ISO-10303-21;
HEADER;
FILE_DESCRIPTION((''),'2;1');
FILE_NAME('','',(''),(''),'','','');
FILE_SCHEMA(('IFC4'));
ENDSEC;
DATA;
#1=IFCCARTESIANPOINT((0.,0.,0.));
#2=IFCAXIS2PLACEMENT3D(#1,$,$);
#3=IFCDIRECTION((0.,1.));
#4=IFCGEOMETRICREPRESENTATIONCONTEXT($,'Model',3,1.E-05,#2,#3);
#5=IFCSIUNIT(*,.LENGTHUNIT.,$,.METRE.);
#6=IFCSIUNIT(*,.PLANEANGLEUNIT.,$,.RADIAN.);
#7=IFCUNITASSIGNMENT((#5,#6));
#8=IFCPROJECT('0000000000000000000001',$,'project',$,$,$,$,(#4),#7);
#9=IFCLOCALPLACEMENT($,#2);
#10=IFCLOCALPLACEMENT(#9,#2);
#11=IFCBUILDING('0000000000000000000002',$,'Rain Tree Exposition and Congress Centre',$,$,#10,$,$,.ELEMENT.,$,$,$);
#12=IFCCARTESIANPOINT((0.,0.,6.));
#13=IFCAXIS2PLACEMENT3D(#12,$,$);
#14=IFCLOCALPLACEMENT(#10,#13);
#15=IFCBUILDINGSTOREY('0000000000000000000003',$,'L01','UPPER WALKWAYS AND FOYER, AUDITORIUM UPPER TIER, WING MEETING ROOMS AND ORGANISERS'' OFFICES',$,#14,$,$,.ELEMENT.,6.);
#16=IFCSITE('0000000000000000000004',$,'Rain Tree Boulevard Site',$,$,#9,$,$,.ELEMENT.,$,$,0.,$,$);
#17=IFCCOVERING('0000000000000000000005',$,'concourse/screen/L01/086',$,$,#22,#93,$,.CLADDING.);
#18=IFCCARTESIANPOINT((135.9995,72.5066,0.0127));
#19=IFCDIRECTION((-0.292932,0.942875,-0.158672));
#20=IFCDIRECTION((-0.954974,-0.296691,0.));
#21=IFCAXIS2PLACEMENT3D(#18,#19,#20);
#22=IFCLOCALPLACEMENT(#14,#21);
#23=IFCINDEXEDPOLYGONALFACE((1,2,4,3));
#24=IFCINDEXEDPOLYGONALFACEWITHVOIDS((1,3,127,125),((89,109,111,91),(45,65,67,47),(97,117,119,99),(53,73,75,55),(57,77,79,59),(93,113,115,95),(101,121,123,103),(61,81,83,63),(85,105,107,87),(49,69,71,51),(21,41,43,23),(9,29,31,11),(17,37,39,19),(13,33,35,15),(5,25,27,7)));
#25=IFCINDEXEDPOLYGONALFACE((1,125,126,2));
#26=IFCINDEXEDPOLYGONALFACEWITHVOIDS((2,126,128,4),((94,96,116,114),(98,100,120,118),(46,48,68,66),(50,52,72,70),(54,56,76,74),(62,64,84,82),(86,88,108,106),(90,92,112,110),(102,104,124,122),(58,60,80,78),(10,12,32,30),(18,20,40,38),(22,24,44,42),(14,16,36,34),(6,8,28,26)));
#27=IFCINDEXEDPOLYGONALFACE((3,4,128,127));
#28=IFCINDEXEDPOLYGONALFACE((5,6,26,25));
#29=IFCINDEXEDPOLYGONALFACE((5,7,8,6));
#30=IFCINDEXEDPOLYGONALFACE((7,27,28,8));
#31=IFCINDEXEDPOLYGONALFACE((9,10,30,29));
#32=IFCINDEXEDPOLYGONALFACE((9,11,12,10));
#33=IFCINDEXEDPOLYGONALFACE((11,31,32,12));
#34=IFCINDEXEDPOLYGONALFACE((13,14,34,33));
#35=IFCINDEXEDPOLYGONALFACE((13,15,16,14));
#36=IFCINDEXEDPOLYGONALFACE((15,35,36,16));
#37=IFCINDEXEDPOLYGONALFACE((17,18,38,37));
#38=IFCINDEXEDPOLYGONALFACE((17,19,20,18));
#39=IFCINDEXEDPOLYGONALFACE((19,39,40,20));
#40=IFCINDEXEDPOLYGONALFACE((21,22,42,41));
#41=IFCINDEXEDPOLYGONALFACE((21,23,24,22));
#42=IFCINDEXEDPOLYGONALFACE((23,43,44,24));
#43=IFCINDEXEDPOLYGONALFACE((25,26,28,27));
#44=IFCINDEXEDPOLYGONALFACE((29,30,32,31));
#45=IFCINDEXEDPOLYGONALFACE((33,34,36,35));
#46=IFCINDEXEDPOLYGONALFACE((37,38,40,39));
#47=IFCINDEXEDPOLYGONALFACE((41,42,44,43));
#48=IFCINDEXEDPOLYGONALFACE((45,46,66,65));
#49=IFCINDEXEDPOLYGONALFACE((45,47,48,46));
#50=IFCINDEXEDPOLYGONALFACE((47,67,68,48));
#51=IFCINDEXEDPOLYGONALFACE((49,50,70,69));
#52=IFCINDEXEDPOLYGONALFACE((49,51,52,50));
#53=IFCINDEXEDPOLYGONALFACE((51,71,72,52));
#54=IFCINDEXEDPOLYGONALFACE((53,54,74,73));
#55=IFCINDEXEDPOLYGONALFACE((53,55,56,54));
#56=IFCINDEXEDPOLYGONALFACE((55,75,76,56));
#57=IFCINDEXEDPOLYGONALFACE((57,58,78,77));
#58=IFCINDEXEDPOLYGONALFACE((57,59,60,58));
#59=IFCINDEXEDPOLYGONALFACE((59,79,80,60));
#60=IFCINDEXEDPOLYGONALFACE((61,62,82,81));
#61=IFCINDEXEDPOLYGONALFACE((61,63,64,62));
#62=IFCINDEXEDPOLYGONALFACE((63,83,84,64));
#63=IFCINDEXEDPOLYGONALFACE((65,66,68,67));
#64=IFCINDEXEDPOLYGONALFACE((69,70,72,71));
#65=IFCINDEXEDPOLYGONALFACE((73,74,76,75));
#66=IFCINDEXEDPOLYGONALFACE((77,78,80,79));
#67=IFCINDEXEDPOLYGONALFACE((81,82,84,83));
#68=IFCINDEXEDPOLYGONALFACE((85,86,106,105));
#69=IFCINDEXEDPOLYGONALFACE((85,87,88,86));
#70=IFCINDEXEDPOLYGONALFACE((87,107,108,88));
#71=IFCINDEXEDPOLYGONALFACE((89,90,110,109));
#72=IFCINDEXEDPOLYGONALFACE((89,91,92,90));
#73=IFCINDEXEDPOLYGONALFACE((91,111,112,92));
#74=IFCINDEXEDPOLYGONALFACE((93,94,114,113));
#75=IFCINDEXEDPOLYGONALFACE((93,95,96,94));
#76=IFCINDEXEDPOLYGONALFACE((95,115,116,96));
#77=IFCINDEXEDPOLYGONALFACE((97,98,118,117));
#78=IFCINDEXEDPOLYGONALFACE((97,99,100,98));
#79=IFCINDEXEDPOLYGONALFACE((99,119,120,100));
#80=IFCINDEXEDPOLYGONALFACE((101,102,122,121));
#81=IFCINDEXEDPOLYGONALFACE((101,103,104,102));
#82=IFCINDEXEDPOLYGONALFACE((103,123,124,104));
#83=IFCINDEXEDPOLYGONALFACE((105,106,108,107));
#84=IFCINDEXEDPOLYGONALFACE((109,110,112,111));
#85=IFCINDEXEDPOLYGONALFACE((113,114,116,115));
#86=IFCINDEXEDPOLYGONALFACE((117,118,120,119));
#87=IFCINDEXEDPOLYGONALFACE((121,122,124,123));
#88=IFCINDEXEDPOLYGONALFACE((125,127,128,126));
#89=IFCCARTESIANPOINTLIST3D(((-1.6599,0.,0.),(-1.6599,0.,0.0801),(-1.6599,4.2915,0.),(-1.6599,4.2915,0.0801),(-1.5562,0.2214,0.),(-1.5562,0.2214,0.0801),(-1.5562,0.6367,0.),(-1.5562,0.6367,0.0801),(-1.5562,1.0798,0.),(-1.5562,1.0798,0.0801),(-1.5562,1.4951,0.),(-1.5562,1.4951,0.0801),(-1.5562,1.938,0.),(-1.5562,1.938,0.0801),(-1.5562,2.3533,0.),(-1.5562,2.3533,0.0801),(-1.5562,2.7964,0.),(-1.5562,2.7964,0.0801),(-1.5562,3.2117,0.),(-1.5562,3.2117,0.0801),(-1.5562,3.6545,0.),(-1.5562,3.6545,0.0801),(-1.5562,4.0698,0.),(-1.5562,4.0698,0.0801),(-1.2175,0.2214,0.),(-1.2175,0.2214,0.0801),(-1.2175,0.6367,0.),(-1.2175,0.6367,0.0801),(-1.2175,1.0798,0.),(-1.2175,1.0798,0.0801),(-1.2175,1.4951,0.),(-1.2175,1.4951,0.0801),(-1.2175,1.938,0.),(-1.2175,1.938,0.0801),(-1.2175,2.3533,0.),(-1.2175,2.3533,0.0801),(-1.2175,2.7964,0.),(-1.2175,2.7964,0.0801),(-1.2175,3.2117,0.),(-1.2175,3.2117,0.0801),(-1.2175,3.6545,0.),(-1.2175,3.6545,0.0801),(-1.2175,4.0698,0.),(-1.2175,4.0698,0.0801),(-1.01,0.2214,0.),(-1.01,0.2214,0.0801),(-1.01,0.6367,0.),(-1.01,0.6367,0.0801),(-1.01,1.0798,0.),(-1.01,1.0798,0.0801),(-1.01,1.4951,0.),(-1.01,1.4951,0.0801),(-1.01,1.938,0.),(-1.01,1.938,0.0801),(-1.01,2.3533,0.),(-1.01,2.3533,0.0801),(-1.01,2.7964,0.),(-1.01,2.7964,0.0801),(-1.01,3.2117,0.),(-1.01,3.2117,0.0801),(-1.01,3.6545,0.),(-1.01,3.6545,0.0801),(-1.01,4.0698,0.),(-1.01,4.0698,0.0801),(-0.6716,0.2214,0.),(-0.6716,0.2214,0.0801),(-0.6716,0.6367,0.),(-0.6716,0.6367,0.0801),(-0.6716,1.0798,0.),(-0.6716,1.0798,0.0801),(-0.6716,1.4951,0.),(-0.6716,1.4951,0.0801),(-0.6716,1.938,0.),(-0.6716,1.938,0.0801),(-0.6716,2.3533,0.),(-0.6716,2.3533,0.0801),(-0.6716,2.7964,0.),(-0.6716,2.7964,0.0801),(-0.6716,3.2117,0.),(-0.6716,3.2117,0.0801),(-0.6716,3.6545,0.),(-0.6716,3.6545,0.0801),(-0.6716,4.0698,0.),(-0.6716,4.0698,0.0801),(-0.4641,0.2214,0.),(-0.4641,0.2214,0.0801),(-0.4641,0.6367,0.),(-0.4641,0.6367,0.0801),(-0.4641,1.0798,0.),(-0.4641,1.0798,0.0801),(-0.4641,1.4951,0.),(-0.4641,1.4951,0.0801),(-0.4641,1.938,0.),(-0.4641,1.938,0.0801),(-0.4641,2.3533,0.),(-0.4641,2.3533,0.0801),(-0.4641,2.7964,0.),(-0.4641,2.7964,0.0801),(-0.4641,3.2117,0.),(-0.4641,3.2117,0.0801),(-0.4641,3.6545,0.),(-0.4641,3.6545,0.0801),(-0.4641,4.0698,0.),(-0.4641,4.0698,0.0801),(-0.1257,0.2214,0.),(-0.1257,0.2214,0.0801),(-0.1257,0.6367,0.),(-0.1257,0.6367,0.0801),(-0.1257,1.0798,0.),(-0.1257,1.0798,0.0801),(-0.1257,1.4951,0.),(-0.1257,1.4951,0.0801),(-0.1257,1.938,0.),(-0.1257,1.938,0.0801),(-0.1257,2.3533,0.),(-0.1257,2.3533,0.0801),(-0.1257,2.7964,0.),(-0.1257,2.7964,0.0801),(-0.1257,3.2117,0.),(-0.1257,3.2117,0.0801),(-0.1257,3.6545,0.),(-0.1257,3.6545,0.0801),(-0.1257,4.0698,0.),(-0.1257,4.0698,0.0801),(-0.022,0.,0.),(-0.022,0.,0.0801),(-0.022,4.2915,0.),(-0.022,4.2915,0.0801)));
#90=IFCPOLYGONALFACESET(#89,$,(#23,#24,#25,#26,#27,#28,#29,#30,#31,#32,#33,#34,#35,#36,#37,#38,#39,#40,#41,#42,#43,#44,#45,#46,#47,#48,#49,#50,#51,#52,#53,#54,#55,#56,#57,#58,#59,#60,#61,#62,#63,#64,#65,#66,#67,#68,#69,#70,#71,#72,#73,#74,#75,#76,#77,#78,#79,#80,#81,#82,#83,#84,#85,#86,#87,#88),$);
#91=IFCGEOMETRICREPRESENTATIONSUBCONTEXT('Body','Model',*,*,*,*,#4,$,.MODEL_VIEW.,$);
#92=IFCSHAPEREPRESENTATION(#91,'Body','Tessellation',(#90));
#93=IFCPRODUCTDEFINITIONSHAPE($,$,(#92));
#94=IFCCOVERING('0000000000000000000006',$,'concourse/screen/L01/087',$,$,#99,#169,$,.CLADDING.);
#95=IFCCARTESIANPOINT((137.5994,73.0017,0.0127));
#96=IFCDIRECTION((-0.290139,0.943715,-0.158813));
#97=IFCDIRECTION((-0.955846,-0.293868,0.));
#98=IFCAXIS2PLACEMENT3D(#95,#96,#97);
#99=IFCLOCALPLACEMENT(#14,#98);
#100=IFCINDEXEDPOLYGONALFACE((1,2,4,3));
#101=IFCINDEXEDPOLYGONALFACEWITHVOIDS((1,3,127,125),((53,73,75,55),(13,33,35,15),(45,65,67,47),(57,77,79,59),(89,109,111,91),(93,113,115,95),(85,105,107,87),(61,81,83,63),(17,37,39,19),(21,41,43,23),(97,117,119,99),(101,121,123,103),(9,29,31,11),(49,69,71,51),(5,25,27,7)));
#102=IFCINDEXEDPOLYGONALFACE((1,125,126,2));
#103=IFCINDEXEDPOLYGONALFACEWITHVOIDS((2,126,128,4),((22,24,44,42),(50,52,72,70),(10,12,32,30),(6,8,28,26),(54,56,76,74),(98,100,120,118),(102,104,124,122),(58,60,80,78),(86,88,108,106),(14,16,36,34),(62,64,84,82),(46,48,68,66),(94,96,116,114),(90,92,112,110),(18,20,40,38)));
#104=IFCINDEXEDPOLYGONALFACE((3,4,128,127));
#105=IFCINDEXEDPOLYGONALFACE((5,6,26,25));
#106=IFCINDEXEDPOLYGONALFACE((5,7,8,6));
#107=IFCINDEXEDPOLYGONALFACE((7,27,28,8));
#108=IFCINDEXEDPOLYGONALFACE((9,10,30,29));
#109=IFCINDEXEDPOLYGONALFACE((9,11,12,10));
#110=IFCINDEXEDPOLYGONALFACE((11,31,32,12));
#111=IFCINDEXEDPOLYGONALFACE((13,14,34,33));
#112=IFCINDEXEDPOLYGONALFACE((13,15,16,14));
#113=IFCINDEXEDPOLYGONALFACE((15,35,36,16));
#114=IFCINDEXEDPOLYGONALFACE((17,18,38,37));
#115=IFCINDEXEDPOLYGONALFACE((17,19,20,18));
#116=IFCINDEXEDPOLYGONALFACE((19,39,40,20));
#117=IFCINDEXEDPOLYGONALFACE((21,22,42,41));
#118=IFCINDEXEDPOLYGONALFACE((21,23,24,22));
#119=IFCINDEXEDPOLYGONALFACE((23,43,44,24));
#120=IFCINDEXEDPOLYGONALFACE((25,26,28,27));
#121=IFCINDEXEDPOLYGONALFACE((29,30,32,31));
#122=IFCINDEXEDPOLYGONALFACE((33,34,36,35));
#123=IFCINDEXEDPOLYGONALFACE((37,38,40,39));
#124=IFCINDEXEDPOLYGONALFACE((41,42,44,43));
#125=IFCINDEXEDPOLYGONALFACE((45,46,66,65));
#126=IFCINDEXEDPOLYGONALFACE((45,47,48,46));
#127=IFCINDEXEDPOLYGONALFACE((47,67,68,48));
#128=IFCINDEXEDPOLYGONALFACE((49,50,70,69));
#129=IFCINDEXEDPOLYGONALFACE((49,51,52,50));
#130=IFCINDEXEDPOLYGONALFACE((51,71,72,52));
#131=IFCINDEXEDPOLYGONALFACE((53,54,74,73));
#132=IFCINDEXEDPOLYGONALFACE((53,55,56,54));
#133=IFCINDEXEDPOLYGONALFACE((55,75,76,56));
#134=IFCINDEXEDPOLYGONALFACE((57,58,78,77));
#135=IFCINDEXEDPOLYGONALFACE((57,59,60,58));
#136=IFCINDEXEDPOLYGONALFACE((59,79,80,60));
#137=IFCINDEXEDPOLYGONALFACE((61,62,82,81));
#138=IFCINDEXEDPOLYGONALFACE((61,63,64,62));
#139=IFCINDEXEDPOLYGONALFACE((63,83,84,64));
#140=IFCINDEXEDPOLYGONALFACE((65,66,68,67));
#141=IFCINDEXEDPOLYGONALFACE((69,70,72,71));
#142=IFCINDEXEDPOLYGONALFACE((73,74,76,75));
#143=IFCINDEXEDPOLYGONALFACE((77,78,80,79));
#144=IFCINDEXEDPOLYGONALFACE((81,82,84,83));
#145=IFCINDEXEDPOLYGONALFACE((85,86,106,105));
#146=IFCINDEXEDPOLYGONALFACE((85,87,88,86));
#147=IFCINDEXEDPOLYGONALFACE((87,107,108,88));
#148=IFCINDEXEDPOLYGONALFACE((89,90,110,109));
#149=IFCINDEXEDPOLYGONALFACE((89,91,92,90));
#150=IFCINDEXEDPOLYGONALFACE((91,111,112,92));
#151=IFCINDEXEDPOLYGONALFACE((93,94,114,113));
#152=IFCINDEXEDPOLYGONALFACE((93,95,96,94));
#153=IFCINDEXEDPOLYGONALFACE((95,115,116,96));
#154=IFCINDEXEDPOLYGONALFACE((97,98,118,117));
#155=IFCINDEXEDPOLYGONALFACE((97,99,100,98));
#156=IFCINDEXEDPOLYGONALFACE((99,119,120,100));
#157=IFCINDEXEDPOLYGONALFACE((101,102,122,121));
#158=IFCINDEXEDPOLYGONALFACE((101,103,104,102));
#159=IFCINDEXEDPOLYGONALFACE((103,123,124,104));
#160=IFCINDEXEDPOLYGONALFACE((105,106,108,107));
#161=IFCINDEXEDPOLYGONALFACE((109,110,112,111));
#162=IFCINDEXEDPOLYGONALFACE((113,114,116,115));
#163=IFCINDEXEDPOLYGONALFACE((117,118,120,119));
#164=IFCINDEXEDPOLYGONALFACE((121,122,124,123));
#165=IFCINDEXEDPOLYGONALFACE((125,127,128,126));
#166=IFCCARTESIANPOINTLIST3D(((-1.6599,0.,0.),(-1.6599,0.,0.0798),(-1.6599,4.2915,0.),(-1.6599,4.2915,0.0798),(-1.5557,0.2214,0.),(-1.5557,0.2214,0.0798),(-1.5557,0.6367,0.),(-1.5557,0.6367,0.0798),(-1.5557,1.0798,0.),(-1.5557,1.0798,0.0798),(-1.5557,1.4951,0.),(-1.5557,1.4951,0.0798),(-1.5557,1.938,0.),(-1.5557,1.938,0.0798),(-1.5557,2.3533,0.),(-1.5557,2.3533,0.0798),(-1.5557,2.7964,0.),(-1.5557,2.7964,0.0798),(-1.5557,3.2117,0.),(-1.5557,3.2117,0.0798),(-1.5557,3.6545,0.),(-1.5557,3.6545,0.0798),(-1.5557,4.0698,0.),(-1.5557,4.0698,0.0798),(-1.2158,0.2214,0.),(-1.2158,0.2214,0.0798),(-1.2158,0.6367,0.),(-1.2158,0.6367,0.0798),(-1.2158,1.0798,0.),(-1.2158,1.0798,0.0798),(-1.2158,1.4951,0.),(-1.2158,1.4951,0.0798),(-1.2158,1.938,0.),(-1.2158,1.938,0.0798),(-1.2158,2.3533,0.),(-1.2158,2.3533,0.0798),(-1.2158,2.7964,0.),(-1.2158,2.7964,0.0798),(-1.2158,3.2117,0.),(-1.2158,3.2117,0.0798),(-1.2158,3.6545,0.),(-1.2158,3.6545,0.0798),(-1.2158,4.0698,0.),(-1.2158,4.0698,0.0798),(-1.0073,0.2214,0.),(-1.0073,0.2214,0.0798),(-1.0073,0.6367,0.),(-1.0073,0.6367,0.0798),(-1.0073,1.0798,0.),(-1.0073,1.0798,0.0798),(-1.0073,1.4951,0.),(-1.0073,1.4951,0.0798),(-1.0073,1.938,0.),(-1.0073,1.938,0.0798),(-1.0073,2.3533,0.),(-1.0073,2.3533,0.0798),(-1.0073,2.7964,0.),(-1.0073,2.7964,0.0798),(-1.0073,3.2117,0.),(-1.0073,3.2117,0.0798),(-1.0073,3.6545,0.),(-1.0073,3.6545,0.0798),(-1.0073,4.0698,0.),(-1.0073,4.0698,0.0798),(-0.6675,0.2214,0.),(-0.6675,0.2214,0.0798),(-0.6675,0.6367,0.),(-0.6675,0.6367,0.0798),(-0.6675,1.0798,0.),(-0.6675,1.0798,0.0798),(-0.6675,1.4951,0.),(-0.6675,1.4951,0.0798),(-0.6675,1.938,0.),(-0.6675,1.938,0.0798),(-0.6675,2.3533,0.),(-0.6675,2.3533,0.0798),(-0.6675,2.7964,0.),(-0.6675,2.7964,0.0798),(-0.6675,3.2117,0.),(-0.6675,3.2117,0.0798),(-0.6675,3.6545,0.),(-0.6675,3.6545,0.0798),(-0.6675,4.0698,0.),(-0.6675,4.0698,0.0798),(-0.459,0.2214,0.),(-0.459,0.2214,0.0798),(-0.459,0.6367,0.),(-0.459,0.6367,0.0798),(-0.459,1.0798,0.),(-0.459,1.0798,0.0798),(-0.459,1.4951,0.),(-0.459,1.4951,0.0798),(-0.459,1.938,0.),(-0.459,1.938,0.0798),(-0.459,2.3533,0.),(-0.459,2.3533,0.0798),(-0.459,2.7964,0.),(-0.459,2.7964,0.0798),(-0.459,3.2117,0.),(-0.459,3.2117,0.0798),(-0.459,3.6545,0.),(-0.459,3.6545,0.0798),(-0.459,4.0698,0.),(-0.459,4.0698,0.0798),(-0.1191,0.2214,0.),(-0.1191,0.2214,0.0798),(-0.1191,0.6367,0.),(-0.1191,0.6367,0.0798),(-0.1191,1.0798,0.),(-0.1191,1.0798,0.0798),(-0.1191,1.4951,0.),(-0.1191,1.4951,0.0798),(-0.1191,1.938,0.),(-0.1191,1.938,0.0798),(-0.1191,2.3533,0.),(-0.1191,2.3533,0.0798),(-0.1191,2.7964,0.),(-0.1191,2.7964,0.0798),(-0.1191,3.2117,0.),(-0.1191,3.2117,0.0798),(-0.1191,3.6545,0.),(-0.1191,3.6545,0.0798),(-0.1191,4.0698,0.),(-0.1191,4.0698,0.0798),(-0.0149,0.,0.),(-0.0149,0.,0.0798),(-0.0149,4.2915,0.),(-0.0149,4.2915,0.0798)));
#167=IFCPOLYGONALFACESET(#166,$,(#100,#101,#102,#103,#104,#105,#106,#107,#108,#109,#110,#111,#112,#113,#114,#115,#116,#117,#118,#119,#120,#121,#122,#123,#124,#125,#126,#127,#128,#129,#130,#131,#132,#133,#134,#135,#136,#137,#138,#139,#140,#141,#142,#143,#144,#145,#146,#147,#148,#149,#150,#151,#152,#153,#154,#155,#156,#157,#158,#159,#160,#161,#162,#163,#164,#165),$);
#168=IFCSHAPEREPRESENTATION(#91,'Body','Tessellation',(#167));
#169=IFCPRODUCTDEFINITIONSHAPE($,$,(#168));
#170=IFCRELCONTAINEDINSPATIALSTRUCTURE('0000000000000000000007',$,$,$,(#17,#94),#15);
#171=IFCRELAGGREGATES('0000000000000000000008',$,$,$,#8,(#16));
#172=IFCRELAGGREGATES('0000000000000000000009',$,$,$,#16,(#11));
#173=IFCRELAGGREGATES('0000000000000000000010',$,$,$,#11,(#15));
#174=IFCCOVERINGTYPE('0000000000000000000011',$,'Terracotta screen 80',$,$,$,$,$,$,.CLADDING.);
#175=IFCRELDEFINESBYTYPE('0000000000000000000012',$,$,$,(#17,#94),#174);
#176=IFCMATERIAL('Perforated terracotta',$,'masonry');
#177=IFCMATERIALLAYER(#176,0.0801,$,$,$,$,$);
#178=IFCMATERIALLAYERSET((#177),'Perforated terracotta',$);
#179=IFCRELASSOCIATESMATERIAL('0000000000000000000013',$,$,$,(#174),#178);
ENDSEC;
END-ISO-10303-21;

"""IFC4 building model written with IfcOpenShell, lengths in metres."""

from ifc_helpers import new_model, si_unit, direction, frame, origin, place, context, subcontext, project, spatial, polyline, outline, extrude, material, layer, layer_set, type_object, element, save


model = new_model("IFC4")

# Units and contexts
model_context = context("Model", 3, precision=1e-05, world=origin(), true_north=direction((0.0, 1.0)))
body_context = subcontext(model_context, "Body", "Model", "MODEL_VIEW")
ifc_project = project(units=[si_unit("LENGTHUNIT", "METRE"), si_unit("PLANEANGLEUNIT", "RADIAN")], contexts=[model_context])

# Site, building, storey
site_placement = place(None, origin())
site = spatial("IfcSite", under=ifc_project, at=site_placement, Name="Rain Tree Boulevard Site", CompositionType="ELEMENT", RefElevation=0.0)
building_placement = place(site_placement, origin())
building = spatial("IfcBuilding", under=site, at=building_placement, Name="Rain Tree Exposition and Congress Centre", CompositionType="ELEMENT")
storey_placement = place(building_placement, frame((0.0, 0.0, 6.0)))
storey = spatial("IfcBuildingStorey", under=building, at=storey_placement, Name="L01", Description="UPPER WALKWAYS AND FOYER, AUDITORIUM UPPER TIER, WING MEETING ROOMS AND ORGANISERS' OFFICES", CompositionType="ELEMENT", Elevation=6.0)

# Coverings
ifc_material_1 = material(Name="Perforated terracotta", Category="masonry")
ifc_layer_1 = layer(ifc_material_1, 0.0801)
ifc_layer_set_1 = layer_set([ifc_layer_1], Name="Perforated terracotta")
covering_type = type_object("IfcCoveringType", Name="Terracotta screen 80", PredefinedType="CLADDING", material=ifc_layer_set_1)
covering_1_placement = place(storey_placement, frame((135.9995, 72.5066, 0.0127), z_axis=(-0.292932, 0.942875, -0.158672), x_axis=(-0.954974, -0.296691, 0.0)))
element("IfcCovering", 1, at=covering_1_placement, inside=storey, type_object=covering_type, Name="concourse/screen/L01/086", PredefinedType="CLADDING", context=body_context, shape_type="SweptSolid", body=[
    extrude(outline(polyline([(-1.6599, 0.0), (-1.6599, 4.2915), (-0.022, 4.2915), (-0.022, 0.0), (-1.6599, 0.0)]), holes=[polyline([(-0.1257, 0.2214), (-0.1257, 0.6367), (-0.4641, 0.6367), (-0.4641, 0.2214), (-0.1257, 0.2214)]), polyline([(-0.1257, 1.0798), (-0.1257, 1.4951), (-0.4641, 1.4951), (-0.4641, 1.0798), (-0.1257, 1.0798)]), polyline([(-0.1257, 1.938), (-0.1257, 2.3533), (-0.4641, 2.3533), (-0.4641, 1.938), (-0.1257, 1.938)]), polyline([(-0.1257, 2.7964), (-0.1257, 3.2117), (-0.4641, 3.2117), (-0.4641, 2.7964), (-0.1257, 2.7964)]), polyline([(-0.1257, 3.6545), (-0.1257, 4.0698), (-0.4641, 4.0698), (-0.4641, 3.6545), (-0.1257, 3.6545)]), polyline([(-0.6716, 0.2214), (-0.6716, 0.6367), (-1.01, 0.6367), (-1.01, 0.2214), (-0.6716, 0.2214)]), polyline([(-0.6716, 1.0798), (-0.6716, 1.4951), (-1.01, 1.4951), (-1.01, 1.0798), (-0.6716, 1.0798)]), polyline([(-0.6716, 1.938), (-0.6716, 2.3533), (-1.01, 2.3533), (-1.01, 1.938), (-0.6716, 1.938)]), polyline([(-0.6716, 2.7964), (-0.6716, 3.2117), (-1.01, 3.2117), (-1.01, 2.7964), (-0.6716, 2.7964)]), polyline([(-0.6716, 3.6545), (-0.6716, 4.0698), (-1.01, 4.0698), (-1.01, 3.6545), (-0.6716, 3.6545)]), polyline([(-1.2175, 0.2214), (-1.2175, 0.6367), (-1.5562, 0.6367), (-1.5562, 0.2214), (-1.2175, 0.2214)]), polyline([(-1.2175, 1.0798), (-1.2175, 1.4951), (-1.5562, 1.4951), (-1.5562, 1.0798), (-1.2175, 1.0798)]), polyline([(-1.2175, 1.938), (-1.2175, 2.3533), (-1.5562, 2.3533), (-1.5562, 1.938), (-1.2175, 1.938)]), polyline([(-1.2175, 2.7964), (-1.2175, 3.2117), (-1.5562, 3.2117), (-1.5562, 2.7964), (-1.2175, 2.7964)]), polyline([(-1.2175, 3.6545), (-1.2175, 4.0698), (-1.5562, 4.0698), (-1.5562, 3.6545), (-1.2175, 3.6545)])]), origin(), (0.0, 0.0, 1.0), 0.0801),
])
covering_2_placement = place(storey_placement, frame((137.5994, 73.0017, 0.0127), z_axis=(-0.290139, 0.943715, -0.158813), x_axis=(-0.955846, -0.293868, 0.0)))
element("IfcCovering", 2, at=covering_2_placement, inside=storey, type_object=covering_type, Name="concourse/screen/L01/087", PredefinedType="CLADDING", context=body_context, shape_type="SweptSolid", body=[
    extrude(outline(polyline([(-1.6599, 0.0), (-1.6599, 4.2915), (-0.0149, 4.2915), (-0.0149, 0.0), (-1.6599, 0.0)]), holes=[polyline([(-0.1191, 0.2214), (-0.1191, 0.6367), (-0.459, 0.6367), (-0.459, 0.2214), (-0.1191, 0.2214)]), polyline([(-0.1191, 1.0798), (-0.1191, 1.4951), (-0.459, 1.4951), (-0.459, 1.0798), (-0.1191, 1.0798)]), polyline([(-0.1191, 1.938), (-0.1191, 2.3533), (-0.459, 2.3533), (-0.459, 1.938), (-0.1191, 1.938)]), polyline([(-0.1191, 2.7964), (-0.1191, 3.2117), (-0.459, 3.2117), (-0.459, 2.7964), (-0.1191, 2.7964)]), polyline([(-0.1191, 3.6545), (-0.1191, 4.0698), (-0.459, 4.0698), (-0.459, 3.6545), (-0.1191, 3.6545)]), polyline([(-0.6675, 0.2214), (-0.6675, 0.6367), (-1.0073, 0.6367), (-1.0073, 0.2214), (-0.6675, 0.2214)]), polyline([(-0.6675, 1.0798), (-0.6675, 1.4951), (-1.0073, 1.4951), (-1.0073, 1.0798), (-0.6675, 1.0798)]), polyline([(-0.6675, 1.938), (-0.6675, 2.3533), (-1.0073, 2.3533), (-1.0073, 1.938), (-0.6675, 1.938)]), polyline([(-0.6675, 2.7964), (-0.6675, 3.2117), (-1.0073, 3.2117), (-1.0073, 2.7964), (-0.6675, 2.7964)]), polyline([(-0.6675, 3.6545), (-0.6675, 4.0698), (-1.0073, 4.0698), (-1.0073, 3.6545), (-0.6675, 3.6545)]), polyline([(-1.2158, 0.2214), (-1.2158, 0.6367), (-1.5557, 0.6367), (-1.5557, 0.2214), (-1.2158, 0.2214)]), polyline([(-1.2158, 1.0798), (-1.2158, 1.4951), (-1.5557, 1.4951), (-1.5557, 1.0798), (-1.2158, 1.0798)]), polyline([(-1.2158, 1.938), (-1.2158, 2.3533), (-1.5557, 2.3533), (-1.5557, 1.938), (-1.2158, 1.938)]), polyline([(-1.2158, 2.7964), (-1.2158, 3.2117), (-1.5557, 3.2117), (-1.5557, 2.7964), (-1.2158, 2.7964)]), polyline([(-1.2158, 3.6545), (-1.2158, 4.0698), (-1.5557, 4.0698), (-1.5557, 3.6545), (-1.2158, 3.6545)])]), origin(), (0.0, 0.0, 1.0), 0.0798),
])

save(model, "model.ifc")
